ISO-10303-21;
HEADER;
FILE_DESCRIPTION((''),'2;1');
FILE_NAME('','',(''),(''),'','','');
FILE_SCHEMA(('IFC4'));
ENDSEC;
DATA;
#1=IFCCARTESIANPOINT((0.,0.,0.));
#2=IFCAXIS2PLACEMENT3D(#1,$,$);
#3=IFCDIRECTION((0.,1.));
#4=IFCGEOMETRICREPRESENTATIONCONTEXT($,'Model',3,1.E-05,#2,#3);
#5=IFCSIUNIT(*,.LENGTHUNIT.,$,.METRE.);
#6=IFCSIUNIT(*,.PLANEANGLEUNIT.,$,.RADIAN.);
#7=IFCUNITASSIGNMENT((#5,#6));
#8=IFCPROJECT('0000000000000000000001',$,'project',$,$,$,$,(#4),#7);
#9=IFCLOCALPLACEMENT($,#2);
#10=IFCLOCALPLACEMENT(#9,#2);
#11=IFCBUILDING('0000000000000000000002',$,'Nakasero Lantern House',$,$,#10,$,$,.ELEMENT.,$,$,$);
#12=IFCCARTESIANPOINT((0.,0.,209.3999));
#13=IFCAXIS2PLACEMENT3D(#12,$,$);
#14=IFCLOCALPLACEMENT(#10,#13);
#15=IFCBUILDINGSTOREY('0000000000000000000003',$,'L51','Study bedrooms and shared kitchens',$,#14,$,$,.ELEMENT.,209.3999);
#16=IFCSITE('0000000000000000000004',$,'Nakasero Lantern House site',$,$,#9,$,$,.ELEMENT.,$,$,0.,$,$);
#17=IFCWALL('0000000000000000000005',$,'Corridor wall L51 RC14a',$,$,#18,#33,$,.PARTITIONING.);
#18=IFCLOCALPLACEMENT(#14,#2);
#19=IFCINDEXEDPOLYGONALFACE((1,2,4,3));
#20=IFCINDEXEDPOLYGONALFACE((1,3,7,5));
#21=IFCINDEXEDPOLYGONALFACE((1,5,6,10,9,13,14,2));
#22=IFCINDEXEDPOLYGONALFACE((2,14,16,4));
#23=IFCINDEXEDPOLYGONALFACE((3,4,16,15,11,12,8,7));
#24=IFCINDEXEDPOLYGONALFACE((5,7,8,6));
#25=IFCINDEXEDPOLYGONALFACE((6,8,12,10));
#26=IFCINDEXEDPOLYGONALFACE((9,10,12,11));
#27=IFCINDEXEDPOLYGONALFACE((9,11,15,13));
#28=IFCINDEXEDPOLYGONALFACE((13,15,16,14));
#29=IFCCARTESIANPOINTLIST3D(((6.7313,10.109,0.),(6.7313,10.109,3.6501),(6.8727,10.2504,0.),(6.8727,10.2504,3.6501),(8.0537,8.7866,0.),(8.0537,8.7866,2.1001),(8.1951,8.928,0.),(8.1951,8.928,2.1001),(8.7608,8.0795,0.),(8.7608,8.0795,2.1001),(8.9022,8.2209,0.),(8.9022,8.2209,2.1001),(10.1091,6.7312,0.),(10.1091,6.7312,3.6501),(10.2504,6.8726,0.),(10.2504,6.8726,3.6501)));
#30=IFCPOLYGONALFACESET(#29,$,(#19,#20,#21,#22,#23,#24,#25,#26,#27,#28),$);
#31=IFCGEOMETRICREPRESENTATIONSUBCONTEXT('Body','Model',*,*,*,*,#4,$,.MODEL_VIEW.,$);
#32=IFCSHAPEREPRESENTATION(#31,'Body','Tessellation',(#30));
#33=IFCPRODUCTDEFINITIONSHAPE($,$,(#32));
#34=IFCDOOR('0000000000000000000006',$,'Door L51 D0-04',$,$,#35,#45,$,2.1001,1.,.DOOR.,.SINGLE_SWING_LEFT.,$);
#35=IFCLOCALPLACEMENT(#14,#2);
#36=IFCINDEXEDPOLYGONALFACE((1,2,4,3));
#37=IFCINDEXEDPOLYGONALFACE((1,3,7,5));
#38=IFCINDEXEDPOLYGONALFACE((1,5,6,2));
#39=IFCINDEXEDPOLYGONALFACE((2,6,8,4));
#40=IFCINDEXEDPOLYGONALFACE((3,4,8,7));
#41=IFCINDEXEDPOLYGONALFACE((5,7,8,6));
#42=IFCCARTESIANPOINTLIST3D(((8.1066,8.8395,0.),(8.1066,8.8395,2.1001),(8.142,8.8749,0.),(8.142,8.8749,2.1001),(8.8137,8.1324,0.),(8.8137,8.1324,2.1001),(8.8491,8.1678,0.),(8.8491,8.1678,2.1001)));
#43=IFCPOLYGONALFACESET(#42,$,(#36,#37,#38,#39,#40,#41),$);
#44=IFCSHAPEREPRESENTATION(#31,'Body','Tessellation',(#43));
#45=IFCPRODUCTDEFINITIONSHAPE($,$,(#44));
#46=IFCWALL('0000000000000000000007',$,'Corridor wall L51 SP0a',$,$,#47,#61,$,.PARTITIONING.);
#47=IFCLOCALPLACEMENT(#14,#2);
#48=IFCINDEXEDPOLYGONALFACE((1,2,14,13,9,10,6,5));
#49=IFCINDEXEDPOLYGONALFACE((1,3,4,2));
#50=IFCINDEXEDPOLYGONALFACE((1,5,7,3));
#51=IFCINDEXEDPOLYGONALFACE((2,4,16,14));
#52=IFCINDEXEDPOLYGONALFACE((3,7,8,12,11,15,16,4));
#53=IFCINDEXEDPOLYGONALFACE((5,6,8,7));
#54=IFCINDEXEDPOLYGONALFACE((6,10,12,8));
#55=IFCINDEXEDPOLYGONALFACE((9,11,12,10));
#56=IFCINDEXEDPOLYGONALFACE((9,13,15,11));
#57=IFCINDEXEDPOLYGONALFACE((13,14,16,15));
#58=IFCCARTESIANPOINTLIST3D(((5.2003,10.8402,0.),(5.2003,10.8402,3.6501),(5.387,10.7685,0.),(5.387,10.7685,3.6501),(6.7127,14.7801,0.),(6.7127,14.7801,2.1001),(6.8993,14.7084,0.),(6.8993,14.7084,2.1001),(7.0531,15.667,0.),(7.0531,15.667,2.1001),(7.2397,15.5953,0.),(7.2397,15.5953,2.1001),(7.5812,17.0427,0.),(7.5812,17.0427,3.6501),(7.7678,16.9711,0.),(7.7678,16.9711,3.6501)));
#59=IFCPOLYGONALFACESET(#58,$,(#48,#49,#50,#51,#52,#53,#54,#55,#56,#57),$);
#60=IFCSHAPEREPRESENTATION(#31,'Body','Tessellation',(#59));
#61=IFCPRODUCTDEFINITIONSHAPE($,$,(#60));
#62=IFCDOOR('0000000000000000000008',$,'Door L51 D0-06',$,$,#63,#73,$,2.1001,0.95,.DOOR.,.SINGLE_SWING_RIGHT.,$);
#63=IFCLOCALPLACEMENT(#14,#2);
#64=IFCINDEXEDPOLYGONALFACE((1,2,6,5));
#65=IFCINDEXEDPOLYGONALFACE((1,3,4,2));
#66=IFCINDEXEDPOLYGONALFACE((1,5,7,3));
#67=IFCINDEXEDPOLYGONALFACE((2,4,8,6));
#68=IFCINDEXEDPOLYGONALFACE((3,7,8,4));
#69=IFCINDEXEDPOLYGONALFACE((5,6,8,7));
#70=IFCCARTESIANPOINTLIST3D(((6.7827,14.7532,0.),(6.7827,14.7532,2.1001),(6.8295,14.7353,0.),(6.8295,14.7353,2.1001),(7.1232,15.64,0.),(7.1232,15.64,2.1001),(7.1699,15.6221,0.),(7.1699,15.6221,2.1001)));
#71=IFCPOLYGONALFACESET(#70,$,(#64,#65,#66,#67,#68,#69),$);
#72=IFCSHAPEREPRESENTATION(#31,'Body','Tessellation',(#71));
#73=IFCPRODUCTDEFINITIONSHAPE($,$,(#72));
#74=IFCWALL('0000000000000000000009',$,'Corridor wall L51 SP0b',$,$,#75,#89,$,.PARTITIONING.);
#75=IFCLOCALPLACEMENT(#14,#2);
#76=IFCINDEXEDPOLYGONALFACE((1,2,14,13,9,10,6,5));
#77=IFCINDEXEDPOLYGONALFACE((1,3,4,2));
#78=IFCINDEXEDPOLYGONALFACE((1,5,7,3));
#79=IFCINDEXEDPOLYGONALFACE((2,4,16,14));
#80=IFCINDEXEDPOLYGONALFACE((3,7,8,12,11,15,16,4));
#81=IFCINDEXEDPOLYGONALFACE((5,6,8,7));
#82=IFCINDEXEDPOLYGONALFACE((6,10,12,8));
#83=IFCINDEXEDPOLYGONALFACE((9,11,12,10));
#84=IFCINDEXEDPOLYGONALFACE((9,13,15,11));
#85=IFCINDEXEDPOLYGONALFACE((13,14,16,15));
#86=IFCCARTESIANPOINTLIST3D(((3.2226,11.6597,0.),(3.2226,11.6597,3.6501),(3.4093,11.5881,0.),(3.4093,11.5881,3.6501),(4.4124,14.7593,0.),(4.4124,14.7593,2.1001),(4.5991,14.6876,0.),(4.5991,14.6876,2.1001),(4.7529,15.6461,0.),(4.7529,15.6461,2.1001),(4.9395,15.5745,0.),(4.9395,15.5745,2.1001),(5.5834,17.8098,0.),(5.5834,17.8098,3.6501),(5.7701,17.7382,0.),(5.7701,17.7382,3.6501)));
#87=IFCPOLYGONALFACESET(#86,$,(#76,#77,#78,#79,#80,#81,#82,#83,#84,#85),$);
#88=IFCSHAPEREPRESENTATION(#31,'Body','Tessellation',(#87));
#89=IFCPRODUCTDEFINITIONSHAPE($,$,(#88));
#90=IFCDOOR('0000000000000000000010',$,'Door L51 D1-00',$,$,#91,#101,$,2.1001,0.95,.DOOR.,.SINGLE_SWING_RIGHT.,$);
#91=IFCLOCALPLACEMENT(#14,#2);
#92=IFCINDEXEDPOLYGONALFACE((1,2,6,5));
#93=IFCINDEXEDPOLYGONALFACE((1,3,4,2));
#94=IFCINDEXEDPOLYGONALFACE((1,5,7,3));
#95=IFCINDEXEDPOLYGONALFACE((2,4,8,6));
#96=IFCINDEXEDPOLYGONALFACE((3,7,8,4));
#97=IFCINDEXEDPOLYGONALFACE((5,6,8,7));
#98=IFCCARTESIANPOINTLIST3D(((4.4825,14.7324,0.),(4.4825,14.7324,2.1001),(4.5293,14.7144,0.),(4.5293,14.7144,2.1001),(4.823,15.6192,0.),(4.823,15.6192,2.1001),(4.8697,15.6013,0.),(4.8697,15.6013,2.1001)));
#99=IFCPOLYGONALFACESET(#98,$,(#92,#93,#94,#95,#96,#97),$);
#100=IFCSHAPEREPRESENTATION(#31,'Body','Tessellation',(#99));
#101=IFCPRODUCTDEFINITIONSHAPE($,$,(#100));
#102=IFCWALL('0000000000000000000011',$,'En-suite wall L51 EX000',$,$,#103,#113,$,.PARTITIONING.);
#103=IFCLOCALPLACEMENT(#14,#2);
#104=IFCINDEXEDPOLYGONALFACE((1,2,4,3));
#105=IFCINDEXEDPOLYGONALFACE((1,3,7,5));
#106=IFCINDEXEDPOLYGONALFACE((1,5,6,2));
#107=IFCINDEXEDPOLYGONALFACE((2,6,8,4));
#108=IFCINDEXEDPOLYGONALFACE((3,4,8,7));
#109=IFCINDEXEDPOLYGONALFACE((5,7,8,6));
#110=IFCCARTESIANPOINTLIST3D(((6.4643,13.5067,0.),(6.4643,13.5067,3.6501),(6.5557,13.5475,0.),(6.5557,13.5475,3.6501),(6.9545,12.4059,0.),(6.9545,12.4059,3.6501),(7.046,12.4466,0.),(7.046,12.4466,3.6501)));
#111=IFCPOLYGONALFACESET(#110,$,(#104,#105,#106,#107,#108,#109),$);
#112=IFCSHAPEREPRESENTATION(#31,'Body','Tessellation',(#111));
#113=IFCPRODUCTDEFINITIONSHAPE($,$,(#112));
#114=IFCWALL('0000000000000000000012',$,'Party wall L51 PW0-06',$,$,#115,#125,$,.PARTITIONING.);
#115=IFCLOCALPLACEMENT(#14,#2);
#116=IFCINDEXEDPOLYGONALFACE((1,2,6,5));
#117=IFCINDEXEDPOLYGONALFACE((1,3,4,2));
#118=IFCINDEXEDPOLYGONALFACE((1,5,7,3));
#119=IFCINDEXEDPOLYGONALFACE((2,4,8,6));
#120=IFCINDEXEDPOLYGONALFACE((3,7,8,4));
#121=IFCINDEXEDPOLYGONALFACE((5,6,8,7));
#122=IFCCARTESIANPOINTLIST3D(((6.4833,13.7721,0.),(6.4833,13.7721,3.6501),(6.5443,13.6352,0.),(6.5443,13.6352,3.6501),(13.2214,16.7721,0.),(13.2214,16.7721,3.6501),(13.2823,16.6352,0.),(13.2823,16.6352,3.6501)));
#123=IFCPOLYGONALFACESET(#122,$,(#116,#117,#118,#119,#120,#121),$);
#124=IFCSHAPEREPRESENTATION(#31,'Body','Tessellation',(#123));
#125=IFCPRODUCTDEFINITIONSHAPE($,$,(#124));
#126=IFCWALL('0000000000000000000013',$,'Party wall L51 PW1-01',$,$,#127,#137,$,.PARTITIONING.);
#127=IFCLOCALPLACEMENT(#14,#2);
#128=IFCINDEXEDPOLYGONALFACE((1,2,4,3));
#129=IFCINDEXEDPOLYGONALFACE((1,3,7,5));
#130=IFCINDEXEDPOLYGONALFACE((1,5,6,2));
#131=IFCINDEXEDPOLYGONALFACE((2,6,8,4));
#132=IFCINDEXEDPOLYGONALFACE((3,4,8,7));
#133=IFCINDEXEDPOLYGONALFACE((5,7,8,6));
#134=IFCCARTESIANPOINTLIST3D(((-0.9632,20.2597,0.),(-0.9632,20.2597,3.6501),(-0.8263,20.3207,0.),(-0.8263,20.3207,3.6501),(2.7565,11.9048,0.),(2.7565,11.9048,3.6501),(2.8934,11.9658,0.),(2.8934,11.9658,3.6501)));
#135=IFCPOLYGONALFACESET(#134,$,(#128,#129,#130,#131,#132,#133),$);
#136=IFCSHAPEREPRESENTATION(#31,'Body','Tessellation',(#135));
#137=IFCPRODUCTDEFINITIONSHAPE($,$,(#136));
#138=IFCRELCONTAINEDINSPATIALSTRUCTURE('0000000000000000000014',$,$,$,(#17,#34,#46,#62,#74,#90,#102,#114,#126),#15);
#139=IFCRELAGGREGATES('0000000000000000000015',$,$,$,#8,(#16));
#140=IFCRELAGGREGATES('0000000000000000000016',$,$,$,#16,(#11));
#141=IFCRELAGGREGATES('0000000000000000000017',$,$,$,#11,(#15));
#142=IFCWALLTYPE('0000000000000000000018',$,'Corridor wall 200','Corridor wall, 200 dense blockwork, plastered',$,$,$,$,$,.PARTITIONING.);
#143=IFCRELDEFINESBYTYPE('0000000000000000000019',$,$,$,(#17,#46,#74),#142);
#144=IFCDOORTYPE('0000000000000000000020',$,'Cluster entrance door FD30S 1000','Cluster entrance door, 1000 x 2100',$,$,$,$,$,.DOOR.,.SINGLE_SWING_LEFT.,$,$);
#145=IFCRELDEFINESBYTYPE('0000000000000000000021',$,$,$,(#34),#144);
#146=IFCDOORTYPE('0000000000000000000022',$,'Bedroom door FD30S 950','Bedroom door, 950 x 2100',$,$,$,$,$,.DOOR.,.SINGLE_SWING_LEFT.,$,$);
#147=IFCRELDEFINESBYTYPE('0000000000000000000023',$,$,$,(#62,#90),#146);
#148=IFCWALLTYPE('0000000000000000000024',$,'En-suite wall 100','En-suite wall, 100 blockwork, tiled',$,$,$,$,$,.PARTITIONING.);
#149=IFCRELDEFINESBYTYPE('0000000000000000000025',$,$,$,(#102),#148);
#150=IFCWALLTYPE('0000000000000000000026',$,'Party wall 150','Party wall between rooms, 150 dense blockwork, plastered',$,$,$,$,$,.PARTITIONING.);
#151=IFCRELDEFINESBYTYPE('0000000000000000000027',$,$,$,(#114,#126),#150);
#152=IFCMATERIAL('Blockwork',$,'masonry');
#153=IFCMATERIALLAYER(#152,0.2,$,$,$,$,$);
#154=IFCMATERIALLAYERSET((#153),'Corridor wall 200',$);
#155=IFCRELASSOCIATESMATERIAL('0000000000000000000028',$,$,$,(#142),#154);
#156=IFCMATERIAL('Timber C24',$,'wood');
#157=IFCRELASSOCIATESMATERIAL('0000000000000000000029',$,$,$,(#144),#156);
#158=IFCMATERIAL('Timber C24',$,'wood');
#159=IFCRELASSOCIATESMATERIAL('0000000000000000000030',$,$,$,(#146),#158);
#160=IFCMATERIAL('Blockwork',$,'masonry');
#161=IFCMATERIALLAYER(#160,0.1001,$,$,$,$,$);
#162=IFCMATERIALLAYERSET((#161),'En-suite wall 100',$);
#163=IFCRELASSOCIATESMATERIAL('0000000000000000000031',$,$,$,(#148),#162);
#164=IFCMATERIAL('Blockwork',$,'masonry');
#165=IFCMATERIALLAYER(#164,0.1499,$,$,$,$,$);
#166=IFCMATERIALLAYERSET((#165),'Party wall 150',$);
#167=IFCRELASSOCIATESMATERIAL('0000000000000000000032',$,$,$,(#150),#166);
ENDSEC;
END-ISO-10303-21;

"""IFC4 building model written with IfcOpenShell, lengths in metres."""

from ifc_helpers import new_model, si_unit, direction, frame, frame_2d, origin, place, context, subcontext, project, spatial, rectangle, extrude, material, layer, layer_set, type_object, element, fill, save


model = new_model("IFC4")

# Units and contexts
model_context = context("Model", 3, precision=1e-05, world=origin(), true_north=direction((0.0, 1.0)))
body_context = subcontext(model_context, "Body", "Model", "MODEL_VIEW")
ifc_project = project(units=[si_unit("LENGTHUNIT", "METRE"), si_unit("PLANEANGLEUNIT", "RADIAN")], contexts=[model_context])

# Site, building, storey
site_placement = place(None, origin())
site = spatial("IfcSite", under=ifc_project, at=site_placement, Name="Nakasero Lantern House site", CompositionType="ELEMENT", RefElevation=0.0)
building_placement = place(site_placement, origin())
building = spatial("IfcBuilding", under=site, at=building_placement, Name="Nakasero Lantern House", CompositionType="ELEMENT")
storey_placement = place(building_placement, frame((0.0, 0.0, 209.3999)))
storey = spatial("IfcBuildingStorey", under=building, at=storey_placement, Name="L51", Description="Study bedrooms and shared kitchens", CompositionType="ELEMENT", Elevation=209.3999)

# Shared definitions
ifc_material_1 = material(Name="Blockwork", Category="masonry")
ifc_layer_1 = layer(ifc_material_1, 0.2)
ifc_layer_set_1 = layer_set([ifc_layer_1], Name="Corridor wall 200")
wall_type_1 = type_object("IfcWallType", Name="Corridor wall 200", Description="Corridor wall, 200 dense blockwork, plastered", PredefinedType="PARTITIONING", material=ifc_layer_set_1)

# Walls, openings, doors
wall_1_placement = place(storey_placement, frame((6.802, 10.1797, 0.0), z_axis=(0.0, 0.0, 1.0), x_axis=(0.707107, -0.707107, 0.0)))
wall_1 = element("IfcWall", 1, at=wall_1_placement, inside=storey, type_object=wall_type_1, Name="Corridor wall L51 RC14a", PredefinedType="PARTITIONING", context=body_context, shape_type="SweptSolid", body=[
    extrude(rectangle(XDim=4.7769, YDim=0.2, at=frame_2d((2.3884, 0.0))), origin(), (0.0, 0.0, 1.0), 3.6501),
])
opening_1_placement = place(wall_1_placement, frame((1.8701, 0.0, 0.0)))
opening_1 = element("IfcOpeningElement", 2, at=opening_1_placement, cuts=wall_1, PredefinedType="OPENING", context=body_context, shape_type="SweptSolid", body=[
    extrude(rectangle(XDim=1.0, YDim=2.1001, at=frame_2d((0.5, 1.05))), frame((0.0, 0.1199, 0.0), z_axis=(0.0, -1.0, 0.0), x_axis=(1.0, 0.0, 0.0)), (0.0, 0.0, 1.0), 0.24),
])
ifc_material_2 = material(Name="Timber C24", Category="wood")
door_type_1 = type_object("IfcDoorType", Name="Cluster entrance door FD30S 1000", Description="Cluster entrance door, 1000 x 2100", OperationType="SINGLE_SWING_LEFT", PredefinedType="DOOR", material=ifc_material_2)
door_1_placement = place(opening_1_placement, origin())
door_1 = element("IfcDoor", 3, at=door_1_placement, inside=storey, type_object=door_type_1, Name="Door L51 D0-04", OperationType="SINGLE_SWING_LEFT", OverallHeight=2.1001, OverallWidth=1.0, PredefinedType="DOOR", context=body_context, shape_type="SweptSolid", body=[
    extrude(rectangle(XDim=1.0, YDim=2.1001, at=frame_2d((0.5, 1.05))), frame((0.0, 0.0249, 0.0), z_axis=(0.0, -1.0, 0.0), x_axis=(1.0, 0.0, 0.0)), (0.0, 0.0, 1.0), 0.05),
])
fill(opening_1, door_1)
wall_2_placement = place(storey_placement, frame((5.2937, 10.8044, 0.0), z_axis=(0.0, 0.0, 1.0), x_axis=(0.358354, 0.933586, 0.0)))
wall_2 = element("IfcWall", 4, at=wall_2_placement, inside=storey, type_object=wall_type_1, Name="Corridor wall L51 SP0a", PredefinedType="PARTITIONING", context=body_context, shape_type="SweptSolid", body=[
    extrude(rectangle(XDim=6.6438, YDim=0.2, at=frame_2d((3.3218, 0.0))), origin(), (0.0, 0.0, 1.0), 3.6501),
])
opening_2_placement = place(wall_2_placement, frame((4.22, 0.0, 0.0)))
opening_2 = element("IfcOpeningElement", 5, at=opening_2_placement, cuts=wall_2, PredefinedType="OPENING", context=body_context, shape_type="SweptSolid", body=[
    extrude(rectangle(XDim=0.95, YDim=2.1001, at=frame_2d((0.4751, 1.05))), frame((0.0, 0.1199, 0.0), z_axis=(0.0, -1.0, 0.0), x_axis=(1.0, 0.0, 0.0)), (0.0, 0.0, 1.0), 0.24),
])
ifc_material_3 = material(Name="Timber C24", Category="wood")
door_type_2 = type_object("IfcDoorType", Name="Bedroom door FD30S 950", Description="Bedroom door, 950 x 2100", OperationType="SINGLE_SWING_LEFT", PredefinedType="DOOR", material=ifc_material_3)
door_2_placement = place(opening_2_placement, origin())
door_2 = element("IfcDoor", 6, at=door_2_placement, inside=storey, type_object=door_type_2, Name="Door L51 D0-06", OperationType="SINGLE_SWING_RIGHT", OverallHeight=2.1001, OverallWidth=0.95, PredefinedType="DOOR", context=body_context, shape_type="SweptSolid", body=[
    extrude(rectangle(XDim=0.95, YDim=2.1001, at=frame_2d((0.4751, 1.05))), frame((0.0, 0.0249, 0.0), z_axis=(0.0, -1.0, 0.0), x_axis=(1.0, 0.0, 0.0)), (0.0, 0.0, 1.0), 0.05),
])
fill(opening_2, door_2)
wall_3_placement = place(storey_placement, frame((3.3159, 11.6238, 0.0), z_axis=(0.0, 0.0, 1.0), x_axis=(0.358371, 0.933579, 0.0)))
wall_3 = element("IfcWall", 7, at=wall_3_placement, inside=storey, type_object=wall_type_1, Name="Corridor wall L51 SP0b", PredefinedType="PARTITIONING", context=body_context, shape_type="SweptSolid", body=[
    extrude(rectangle(XDim=6.5876, YDim=0.2, at=frame_2d((3.2939, 0.0))), origin(), (0.0, 0.0, 1.0), 3.6501),
])
opening_3_placement = place(wall_3_placement, frame((3.3201, 0.0, 0.0)))
opening_3 = element("IfcOpeningElement", 8, at=opening_3_placement, cuts=wall_3, PredefinedType="OPENING", context=body_context, shape_type="SweptSolid", body=[
    extrude(rectangle(XDim=0.95, YDim=2.1001, at=frame_2d((0.4751, 1.05))), frame((0.0, 0.1199, 0.0), z_axis=(0.0, -1.0, 0.0), x_axis=(1.0, 0.0, 0.0)), (0.0, 0.0, 1.0), 0.24),
])
door_3_placement = place(opening_3_placement, origin())
door_3 = element("IfcDoor", 9, at=door_3_placement, inside=storey, type_object=door_type_2, Name="Door L51 D1-00", OperationType="SINGLE_SWING_RIGHT", OverallHeight=2.1001, OverallWidth=0.95, PredefinedType="DOOR", context=body_context, shape_type="SweptSolid", body=[
    extrude(rectangle(XDim=0.95, YDim=2.1001, at=frame_2d((0.4751, 1.05))), frame((0.0, 0.0249, 0.0), z_axis=(0.0, -1.0, 0.0), x_axis=(1.0, 0.0, 0.0)), (0.0, 0.0, 1.0), 0.05),
])
fill(opening_3, door_3)

# Walls
ifc_material_4 = material(Name="Blockwork", Category="masonry")
ifc_layer_2 = layer(ifc_material_4, 0.1001)
ifc_layer_set_2 = layer_set([ifc_layer_2], Name="En-suite wall 100")
wall_type_2 = type_object("IfcWallType", Name="En-suite wall 100", Description="En-suite wall, 100 blockwork, tiled", PredefinedType="PARTITIONING", material=ifc_layer_set_2)
wall_4_placement = place(storey_placement, frame((6.51, 13.5271, 0.0), z_axis=(0.0, 0.0, 1.0), x_axis=(0.406815, -0.913511, 0.0)))
element("IfcWall", 10, at=wall_4_placement, inside=storey, type_object=wall_type_2, Name="En-suite wall L51 EX000", PredefinedType="PARTITIONING", context=body_context, shape_type="SweptSolid", body=[
    extrude(rectangle(XDim=1.2051, YDim=0.1001, at=frame_2d((0.6025, 0.0))), origin(), (0.0, 0.0, 1.0), 3.6501),
])
ifc_material_5 = material(Name="Blockwork", Category="masonry")
ifc_layer_3 = layer(ifc_material_5, 0.1499)
ifc_layer_set_3 = layer_set([ifc_layer_3], Name="Party wall 150")
wall_type_3 = type_object("IfcWallType", Name="Party wall 150", Description="Party wall between rooms, 150 dense blockwork, plastered", PredefinedType="PARTITIONING", material=ifc_layer_set_3)
wall_5_placement = place(storey_placement, frame((6.5137, 13.7036, 0.0), z_axis=(0.0, 0.0, 1.0), x_axis=(0.913544, 0.40674, 0.0)))
element("IfcWall", 11, at=wall_5_placement, inside=storey, type_object=wall_type_3, Name="Party wall L51 PW0-06", PredefinedType="PARTITIONING", context=body_context, shape_type="SweptSolid", body=[
    extrude(rectangle(XDim=7.3757, YDim=0.1499, at=frame_2d((3.688, 0.0))), origin(), (0.0, 0.0, 1.0), 3.6501),
])
wall_6_placement = place(storey_placement, frame((2.825, 11.9353, 0.0), z_axis=(0.0, 0.0, 1.0), x_axis=(-0.406723, 0.913552, 0.0)))
element("IfcWall", 12, at=wall_6_placement, inside=storey, type_object=wall_type_3, Name="Party wall L51 PW1-01", PredefinedType="PARTITIONING", context=body_context, shape_type="SweptSolid", body=[
    extrude(rectangle(XDim=9.1455, YDim=0.1499, at=frame_2d((4.5728, 0.0))), origin(), (0.0, 0.0, 1.0), 3.6501),
])

save(model, "model.ifc")
